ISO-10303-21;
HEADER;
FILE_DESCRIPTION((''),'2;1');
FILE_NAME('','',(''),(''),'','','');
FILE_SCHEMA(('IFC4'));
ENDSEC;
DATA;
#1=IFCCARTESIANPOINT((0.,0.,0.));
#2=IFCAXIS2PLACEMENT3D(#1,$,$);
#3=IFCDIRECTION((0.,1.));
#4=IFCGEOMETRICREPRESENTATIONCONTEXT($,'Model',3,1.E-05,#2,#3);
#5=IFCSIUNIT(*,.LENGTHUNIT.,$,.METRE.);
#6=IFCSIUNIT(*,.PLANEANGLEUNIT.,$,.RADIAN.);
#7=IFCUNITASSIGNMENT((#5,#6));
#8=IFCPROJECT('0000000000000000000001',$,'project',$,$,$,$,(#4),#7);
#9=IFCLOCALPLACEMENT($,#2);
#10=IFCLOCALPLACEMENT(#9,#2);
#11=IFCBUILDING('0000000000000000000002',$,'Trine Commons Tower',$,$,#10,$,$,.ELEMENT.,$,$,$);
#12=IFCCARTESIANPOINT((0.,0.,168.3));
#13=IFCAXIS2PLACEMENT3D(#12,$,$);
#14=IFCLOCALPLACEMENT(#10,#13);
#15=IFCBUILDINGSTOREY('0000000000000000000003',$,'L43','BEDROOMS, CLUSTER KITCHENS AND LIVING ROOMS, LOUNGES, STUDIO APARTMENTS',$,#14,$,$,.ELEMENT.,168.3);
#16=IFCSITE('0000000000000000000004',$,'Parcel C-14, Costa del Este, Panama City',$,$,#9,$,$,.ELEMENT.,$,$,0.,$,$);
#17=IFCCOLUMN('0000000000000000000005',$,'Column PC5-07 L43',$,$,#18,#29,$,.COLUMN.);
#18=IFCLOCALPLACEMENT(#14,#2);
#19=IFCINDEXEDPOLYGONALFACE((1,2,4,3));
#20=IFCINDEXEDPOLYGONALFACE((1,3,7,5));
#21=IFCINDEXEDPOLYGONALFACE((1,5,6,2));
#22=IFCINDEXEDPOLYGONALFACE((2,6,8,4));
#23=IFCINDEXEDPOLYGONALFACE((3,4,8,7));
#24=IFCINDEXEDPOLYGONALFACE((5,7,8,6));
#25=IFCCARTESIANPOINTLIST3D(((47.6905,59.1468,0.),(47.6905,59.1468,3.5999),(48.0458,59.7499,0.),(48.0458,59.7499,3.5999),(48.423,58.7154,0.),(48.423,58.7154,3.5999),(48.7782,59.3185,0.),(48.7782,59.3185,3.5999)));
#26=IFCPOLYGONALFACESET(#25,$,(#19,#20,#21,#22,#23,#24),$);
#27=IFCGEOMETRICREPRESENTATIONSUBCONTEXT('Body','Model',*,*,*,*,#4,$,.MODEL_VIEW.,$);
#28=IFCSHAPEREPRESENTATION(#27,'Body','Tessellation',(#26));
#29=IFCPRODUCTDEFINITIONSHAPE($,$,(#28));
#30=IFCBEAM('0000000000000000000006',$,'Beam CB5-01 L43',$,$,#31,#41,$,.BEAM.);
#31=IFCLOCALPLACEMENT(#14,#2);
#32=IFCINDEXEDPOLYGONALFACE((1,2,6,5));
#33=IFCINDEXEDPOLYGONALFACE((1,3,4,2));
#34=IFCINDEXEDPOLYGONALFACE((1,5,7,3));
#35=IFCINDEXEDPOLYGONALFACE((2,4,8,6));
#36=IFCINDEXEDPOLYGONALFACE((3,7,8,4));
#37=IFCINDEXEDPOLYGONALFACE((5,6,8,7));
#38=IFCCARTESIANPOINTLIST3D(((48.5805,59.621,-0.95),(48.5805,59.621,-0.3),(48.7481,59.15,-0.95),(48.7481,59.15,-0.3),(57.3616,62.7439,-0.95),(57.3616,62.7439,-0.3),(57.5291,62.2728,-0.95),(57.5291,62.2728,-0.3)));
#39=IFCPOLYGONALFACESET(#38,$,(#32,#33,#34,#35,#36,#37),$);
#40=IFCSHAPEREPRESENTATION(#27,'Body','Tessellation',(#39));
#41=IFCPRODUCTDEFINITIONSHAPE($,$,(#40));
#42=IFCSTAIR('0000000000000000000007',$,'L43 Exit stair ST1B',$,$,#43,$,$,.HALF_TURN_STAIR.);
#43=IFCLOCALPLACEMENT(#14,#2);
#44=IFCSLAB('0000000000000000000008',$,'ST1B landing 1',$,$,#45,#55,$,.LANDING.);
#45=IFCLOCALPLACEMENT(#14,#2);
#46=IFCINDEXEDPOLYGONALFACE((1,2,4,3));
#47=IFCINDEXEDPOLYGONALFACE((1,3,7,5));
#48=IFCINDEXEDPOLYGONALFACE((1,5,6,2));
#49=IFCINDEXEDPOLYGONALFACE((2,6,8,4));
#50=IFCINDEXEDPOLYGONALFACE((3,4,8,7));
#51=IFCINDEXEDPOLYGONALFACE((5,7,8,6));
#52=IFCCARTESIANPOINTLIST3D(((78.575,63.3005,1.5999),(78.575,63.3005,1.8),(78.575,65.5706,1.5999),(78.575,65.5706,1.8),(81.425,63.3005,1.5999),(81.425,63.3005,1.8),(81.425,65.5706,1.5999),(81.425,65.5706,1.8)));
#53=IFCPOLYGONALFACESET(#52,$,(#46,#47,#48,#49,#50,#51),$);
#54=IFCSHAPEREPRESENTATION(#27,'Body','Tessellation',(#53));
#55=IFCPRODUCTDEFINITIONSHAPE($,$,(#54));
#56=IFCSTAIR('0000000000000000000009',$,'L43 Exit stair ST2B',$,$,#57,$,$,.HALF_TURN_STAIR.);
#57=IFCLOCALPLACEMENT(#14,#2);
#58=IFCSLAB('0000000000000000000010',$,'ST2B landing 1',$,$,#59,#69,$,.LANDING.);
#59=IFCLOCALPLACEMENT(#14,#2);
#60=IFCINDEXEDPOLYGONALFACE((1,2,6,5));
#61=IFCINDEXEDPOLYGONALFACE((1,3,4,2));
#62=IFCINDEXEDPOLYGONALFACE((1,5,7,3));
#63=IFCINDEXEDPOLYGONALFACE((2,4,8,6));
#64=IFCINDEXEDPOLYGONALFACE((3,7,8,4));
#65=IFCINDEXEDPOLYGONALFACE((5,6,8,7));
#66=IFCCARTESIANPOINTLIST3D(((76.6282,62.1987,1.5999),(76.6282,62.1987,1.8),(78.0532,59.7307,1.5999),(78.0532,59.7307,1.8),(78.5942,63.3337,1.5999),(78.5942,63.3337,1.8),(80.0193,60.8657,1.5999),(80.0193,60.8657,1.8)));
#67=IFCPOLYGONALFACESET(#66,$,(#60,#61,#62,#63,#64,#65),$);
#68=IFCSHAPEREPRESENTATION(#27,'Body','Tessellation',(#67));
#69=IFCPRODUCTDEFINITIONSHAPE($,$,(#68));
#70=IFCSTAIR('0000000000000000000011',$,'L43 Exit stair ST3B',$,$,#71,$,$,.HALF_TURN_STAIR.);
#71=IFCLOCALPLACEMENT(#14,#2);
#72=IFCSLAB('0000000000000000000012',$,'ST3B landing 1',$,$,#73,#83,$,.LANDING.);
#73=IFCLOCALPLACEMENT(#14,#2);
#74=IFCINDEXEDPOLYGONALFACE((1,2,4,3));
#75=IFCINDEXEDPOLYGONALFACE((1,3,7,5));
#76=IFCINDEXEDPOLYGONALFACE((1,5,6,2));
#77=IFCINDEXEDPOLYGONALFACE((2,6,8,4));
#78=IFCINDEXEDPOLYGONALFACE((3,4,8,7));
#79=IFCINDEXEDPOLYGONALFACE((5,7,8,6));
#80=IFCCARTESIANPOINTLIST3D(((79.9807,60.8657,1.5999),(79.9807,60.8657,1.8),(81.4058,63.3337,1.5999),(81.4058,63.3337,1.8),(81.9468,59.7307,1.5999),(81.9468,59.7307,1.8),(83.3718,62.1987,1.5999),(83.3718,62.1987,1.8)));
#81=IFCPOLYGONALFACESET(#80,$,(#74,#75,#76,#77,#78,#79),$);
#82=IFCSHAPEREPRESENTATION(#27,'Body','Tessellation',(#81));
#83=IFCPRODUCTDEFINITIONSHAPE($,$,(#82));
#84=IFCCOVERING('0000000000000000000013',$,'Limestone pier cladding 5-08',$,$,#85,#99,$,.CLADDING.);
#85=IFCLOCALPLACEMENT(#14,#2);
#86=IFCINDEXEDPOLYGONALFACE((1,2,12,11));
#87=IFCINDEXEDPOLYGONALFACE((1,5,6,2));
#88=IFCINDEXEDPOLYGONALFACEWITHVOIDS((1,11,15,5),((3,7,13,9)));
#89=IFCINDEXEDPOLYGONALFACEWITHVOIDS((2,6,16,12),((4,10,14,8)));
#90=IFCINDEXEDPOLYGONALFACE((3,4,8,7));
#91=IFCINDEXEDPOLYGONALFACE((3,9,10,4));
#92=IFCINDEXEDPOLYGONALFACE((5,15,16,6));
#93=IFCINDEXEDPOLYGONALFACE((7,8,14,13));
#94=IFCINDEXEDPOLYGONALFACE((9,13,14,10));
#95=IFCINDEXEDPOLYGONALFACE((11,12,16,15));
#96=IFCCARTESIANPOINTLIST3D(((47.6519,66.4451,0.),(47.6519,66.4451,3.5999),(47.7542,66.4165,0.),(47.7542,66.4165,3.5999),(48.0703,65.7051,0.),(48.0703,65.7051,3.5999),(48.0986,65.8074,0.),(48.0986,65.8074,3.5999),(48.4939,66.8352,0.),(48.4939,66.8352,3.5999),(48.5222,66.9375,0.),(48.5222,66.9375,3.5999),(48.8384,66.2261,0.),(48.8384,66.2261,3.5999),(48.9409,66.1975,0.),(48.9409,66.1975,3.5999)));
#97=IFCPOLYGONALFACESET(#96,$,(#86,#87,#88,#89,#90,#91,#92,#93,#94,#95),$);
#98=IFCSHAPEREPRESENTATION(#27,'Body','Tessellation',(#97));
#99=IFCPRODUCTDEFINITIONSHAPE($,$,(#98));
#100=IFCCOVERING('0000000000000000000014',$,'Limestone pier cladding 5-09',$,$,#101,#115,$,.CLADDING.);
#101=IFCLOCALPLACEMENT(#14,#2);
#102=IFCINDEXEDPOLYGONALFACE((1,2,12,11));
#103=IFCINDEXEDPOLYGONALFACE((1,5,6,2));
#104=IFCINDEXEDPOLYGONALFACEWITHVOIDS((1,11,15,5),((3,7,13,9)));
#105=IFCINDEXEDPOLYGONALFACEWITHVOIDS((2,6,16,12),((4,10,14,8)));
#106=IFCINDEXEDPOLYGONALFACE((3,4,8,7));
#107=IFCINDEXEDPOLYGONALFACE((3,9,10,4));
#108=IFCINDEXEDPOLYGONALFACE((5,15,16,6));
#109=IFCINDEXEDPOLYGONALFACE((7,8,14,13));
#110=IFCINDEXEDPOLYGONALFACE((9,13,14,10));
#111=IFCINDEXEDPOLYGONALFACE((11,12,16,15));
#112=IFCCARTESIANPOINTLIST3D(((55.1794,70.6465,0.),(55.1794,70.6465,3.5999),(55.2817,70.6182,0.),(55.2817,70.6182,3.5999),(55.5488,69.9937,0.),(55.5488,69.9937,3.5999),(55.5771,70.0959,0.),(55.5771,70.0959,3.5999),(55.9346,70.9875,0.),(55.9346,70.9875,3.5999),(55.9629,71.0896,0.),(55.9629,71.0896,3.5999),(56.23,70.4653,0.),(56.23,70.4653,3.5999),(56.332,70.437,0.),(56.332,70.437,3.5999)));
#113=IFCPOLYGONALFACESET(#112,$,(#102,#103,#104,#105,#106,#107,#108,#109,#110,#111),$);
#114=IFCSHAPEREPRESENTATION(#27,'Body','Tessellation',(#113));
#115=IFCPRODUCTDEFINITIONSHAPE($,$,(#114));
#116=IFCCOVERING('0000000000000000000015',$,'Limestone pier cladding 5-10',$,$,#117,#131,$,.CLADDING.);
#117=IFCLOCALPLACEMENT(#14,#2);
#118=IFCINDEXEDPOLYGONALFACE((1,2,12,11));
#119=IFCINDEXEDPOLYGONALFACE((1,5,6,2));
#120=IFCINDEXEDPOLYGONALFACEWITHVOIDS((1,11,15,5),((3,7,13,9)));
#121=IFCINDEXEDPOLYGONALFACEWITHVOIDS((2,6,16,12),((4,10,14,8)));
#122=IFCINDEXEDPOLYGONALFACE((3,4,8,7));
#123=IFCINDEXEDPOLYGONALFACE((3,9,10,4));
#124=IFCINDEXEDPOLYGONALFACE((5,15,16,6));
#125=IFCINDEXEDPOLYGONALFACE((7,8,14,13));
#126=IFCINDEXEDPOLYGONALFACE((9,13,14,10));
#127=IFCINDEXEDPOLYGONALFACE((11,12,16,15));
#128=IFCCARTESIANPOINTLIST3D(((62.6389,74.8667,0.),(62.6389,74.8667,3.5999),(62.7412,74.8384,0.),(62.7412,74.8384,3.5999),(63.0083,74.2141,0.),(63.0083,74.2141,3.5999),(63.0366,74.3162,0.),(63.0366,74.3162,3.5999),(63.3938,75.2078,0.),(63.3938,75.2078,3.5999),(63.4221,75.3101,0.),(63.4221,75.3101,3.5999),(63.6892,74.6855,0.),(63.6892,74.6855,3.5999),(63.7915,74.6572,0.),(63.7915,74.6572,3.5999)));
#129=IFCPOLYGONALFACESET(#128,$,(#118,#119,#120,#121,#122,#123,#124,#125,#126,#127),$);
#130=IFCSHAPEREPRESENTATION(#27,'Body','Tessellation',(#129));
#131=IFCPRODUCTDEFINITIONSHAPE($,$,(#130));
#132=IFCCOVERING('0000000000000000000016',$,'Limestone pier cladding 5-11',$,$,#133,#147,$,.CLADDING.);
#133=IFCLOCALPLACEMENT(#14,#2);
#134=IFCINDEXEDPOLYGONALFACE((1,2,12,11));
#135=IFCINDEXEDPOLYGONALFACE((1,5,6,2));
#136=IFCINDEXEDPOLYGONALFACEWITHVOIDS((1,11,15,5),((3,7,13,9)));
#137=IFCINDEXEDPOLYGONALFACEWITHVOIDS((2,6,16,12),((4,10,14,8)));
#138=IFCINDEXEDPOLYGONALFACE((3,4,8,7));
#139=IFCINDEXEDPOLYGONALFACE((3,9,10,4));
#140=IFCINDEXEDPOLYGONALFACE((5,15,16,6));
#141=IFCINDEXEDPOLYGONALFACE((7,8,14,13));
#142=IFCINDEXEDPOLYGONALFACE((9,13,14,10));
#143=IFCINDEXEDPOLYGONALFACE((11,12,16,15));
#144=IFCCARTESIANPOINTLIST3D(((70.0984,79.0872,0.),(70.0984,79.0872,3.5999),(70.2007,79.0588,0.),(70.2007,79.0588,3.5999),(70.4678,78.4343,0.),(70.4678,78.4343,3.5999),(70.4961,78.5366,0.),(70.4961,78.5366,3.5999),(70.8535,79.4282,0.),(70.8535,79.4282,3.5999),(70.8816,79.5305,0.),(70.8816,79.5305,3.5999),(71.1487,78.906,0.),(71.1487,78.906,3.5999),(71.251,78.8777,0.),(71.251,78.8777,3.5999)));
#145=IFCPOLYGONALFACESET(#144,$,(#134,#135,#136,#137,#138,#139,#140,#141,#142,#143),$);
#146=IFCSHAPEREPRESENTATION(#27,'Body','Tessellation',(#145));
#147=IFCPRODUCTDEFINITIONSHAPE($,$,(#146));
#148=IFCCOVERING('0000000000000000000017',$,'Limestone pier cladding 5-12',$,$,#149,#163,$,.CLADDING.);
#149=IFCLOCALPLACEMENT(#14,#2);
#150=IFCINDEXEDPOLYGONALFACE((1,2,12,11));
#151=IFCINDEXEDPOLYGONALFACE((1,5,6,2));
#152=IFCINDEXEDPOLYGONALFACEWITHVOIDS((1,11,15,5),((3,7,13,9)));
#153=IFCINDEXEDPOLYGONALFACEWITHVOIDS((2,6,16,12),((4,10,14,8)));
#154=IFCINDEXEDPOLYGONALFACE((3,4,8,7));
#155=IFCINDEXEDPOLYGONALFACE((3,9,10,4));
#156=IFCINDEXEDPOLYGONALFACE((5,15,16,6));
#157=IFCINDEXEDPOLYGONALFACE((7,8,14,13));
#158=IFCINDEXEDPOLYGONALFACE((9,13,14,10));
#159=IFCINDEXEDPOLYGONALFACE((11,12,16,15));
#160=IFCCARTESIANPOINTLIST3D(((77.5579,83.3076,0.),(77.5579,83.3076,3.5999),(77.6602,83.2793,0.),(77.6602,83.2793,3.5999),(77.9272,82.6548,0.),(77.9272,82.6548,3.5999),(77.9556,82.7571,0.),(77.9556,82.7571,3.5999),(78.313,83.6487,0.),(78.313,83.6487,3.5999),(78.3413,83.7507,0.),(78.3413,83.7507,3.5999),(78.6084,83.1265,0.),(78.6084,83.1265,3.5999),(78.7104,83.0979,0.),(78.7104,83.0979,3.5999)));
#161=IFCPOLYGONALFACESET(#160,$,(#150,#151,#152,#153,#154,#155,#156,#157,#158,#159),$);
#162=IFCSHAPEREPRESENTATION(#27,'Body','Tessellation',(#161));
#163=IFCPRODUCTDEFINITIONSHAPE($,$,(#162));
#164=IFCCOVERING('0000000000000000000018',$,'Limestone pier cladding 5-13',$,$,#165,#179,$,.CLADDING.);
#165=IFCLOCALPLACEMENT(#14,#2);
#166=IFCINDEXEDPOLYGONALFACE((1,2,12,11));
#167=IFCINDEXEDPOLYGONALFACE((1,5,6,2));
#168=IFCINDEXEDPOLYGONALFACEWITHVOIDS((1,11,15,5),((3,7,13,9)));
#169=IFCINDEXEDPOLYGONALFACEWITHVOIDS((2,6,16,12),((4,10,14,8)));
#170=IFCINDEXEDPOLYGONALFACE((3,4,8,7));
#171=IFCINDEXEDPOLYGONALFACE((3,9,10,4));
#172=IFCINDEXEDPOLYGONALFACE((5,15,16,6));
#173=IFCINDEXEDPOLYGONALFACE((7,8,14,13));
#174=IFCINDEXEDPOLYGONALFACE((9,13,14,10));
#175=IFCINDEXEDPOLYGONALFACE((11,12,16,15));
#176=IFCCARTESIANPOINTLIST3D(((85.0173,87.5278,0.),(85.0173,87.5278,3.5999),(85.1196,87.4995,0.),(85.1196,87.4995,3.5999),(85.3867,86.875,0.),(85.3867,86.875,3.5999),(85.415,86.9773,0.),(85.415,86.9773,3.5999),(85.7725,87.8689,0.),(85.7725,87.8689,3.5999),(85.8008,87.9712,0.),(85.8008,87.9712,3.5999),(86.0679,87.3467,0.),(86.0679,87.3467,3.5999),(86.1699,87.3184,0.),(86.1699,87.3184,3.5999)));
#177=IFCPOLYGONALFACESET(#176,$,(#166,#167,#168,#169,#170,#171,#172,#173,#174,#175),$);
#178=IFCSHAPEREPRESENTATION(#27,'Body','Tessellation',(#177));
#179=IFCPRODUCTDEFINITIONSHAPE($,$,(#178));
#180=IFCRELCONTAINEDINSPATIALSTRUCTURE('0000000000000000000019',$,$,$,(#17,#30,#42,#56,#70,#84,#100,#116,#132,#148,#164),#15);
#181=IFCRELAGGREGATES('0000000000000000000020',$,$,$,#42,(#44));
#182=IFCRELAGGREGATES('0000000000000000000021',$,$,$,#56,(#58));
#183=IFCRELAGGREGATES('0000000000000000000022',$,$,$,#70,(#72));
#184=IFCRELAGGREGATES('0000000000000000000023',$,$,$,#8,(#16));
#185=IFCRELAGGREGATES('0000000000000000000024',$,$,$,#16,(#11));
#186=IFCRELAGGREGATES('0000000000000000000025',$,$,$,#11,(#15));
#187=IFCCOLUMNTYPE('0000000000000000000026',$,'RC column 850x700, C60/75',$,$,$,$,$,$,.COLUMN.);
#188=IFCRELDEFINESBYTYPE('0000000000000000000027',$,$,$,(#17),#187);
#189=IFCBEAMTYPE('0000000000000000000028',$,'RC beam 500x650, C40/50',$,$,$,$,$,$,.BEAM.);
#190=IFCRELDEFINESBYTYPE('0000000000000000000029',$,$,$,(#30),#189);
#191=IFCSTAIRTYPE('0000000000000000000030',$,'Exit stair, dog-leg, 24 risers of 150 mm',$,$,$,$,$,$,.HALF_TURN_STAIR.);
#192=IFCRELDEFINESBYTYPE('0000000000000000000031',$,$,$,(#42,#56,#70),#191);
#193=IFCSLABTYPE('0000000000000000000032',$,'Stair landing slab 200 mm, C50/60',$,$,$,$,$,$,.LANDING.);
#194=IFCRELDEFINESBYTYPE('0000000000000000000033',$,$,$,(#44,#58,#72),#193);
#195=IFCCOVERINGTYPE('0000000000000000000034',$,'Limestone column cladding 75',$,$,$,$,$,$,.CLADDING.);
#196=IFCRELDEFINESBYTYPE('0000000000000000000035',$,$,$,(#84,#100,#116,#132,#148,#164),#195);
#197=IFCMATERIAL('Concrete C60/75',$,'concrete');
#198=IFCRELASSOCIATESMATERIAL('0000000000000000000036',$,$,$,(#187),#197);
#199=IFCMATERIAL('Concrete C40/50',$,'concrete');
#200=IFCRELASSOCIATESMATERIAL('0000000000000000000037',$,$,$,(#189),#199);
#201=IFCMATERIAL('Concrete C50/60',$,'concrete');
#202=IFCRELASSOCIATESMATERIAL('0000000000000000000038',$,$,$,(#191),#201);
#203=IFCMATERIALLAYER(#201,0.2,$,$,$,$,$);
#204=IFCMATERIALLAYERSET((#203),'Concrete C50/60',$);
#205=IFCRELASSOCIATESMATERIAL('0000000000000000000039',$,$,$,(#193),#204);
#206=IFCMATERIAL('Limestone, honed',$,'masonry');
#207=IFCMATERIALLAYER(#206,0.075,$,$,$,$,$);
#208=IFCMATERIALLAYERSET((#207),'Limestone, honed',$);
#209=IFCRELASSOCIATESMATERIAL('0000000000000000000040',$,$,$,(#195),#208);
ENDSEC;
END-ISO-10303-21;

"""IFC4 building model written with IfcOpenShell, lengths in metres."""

from ifc_helpers import new_model, si_unit, direction, frame, origin, origin_2d, place, context, subcontext, project, spatial, polyline, rectangle, outline, extrude, material, layer, layer_set, material_profile, profile_set, type_object, element, aggregate, save


model = new_model("IFC4")

# Units and contexts
model_context = context("Model", 3, precision=1e-05, world=origin(), true_north=direction((0.0, 1.0)))
body_context = subcontext(model_context, "Body", "Model", "MODEL_VIEW")
ifc_project = project(units=[si_unit("LENGTHUNIT", "METRE"), si_unit("PLANEANGLEUNIT", "RADIAN")], contexts=[model_context])

# Site, building, storey
site_placement = place(None, origin())
site = spatial("IfcSite", under=ifc_project, at=site_placement, Name="Parcel C-14, Costa del Este, Panama City", CompositionType="ELEMENT", RefElevation=0.0)
building_placement = place(site_placement, origin())
building = spatial("IfcBuilding", under=site, at=building_placement, Name="Trine Commons Tower", CompositionType="ELEMENT")
storey_placement = place(building_placement, frame((0.0, 0.0, 168.3)))
storey = spatial("IfcBuildingStorey", under=building, at=storey_placement, Name="L43", Description="BEDROOMS, CLUSTER KITCHENS AND LIVING ROOMS, LOUNGES, STUDIO APARTMENTS", CompositionType="ELEMENT", Elevation=168.3)

# Column
ifc_material_1 = material(Name="Concrete C60/75", Category="concrete")
ifc_material_profile_1 = material_profile(ifc_material_1, rectangle(XDim=0.8501, YDim=0.7, at=origin_2d()), Name="RC 850x700")
ifc_profile_set_1 = profile_set([ifc_material_profile_1], Name="Concrete C60/75")
column_type = type_object("IfcColumnType", Name="RC column 850x700, C60/75", PredefinedType="COLUMN", material=ifc_profile_set_1)
column_placement = place(storey_placement, frame((48.2344, 59.2327, 0.0), z_axis=(0.0, 0.0, 1.0), x_axis=(-0.861629, 0.507538, 0.0)))
element("IfcColumn", 1, at=column_placement, inside=storey, type_object=column_type, Name="Column PC5-07 L43", PredefinedType="COLUMN", context=body_context, shape_type="SweptSolid", body=[
    extrude(rectangle(XDim=0.8501, YDim=0.7, at=origin_2d()), origin(), (0.0, 0.0, 1.0), 3.5999),
])

# Beam
ifc_material_2 = material(Name="Concrete C40/50", Category="concrete")
ifc_material_profile_2 = material_profile(ifc_material_2, rectangle(XDim=0.5, YDim=0.6499, at=origin_2d()), Name="RC 500x650")
ifc_profile_set_2 = profile_set([ifc_material_profile_2], Name="Concrete C40/50")
beam_type = type_object("IfcBeamType", Name="RC beam 500x650, C40/50", PredefinedType="BEAM", material=ifc_profile_set_2)
beam_placement = place(storey_placement, frame((48.6643, 59.3855, -0.625), z_axis=(0.942192, 0.335073, 0.0), x_axis=(-0.335073, 0.942192, 0.0)))
element("IfcBeam", 2, at=beam_placement, inside=storey, type_object=beam_type, Name="Beam CB5-01 L43", PredefinedType="BEAM", context=body_context, shape_type="SweptSolid", body=[
    extrude(rectangle(XDim=0.5, YDim=0.6499, at=origin_2d()), origin(), (0.0, 0.0, 1.0), 9.3198),
])

# Stairs, slabs
ifc_material_3 = material(Name="Concrete C50/60", Category="concrete")
stair_type = type_object("IfcStairType", Name="Exit stair, dog-leg, 24 risers of 150 mm", PredefinedType="HALF_TURN_STAIR", material=ifc_material_3)
stair_1_placement = place(storey_placement, origin())
stair_1 = element("IfcStair", 3, at=stair_1_placement, inside=storey, type_object=stair_type, Name="L43 Exit stair ST1B", PredefinedType="HALF_TURN_STAIR")
ifc_layer_1 = layer(ifc_material_3, 0.2)
ifc_layer_set_1 = layer_set([ifc_layer_1], Name="Concrete C50/60")
slab_type = type_object("IfcSlabType", Name="Stair landing slab 200 mm, C50/60", PredefinedType="LANDING", material=ifc_layer_set_1)
slab_1_placement = place(storey_placement, frame((0.0, 0.0, 1.5999)))
slab_1 = element("IfcSlab", 4, at=slab_1_placement, type_object=slab_type, Name="ST1B landing 1", PredefinedType="LANDING", context=body_context, shape_type="SweptSolid", body=[
    extrude(outline(polyline([(78.575, 65.5706), (78.575, 63.3005), (81.425, 63.3005), (81.425, 65.5706), (78.575, 65.5706)])), origin(), (0.0, 0.0, 1.0), 0.2002),
])
aggregate(stair_1, [slab_1])
stair_2_placement = place(storey_placement, origin())
stair_2 = element("IfcStair", 5, at=stair_2_placement, inside=storey, type_object=stair_type, Name="L43 Exit stair ST2B", PredefinedType="HALF_TURN_STAIR")
slab_2_placement = place(storey_placement, frame((0.0, 0.0, 1.5999)))
slab_2 = element("IfcSlab", 6, at=slab_2_placement, type_object=slab_type, Name="ST2B landing 1", PredefinedType="LANDING", context=body_context, shape_type="SweptSolid", body=[
    extrude(outline(polyline([(78.0532, 59.7307), (80.0193, 60.8657), (78.5942, 63.3337), (76.6282, 62.1987), (78.0532, 59.7307)])), origin(), (0.0, 0.0, 1.0), 0.2002),
])
aggregate(stair_2, [slab_2])
stair_3_placement = place(storey_placement, origin())
stair_3 = element("IfcStair", 7, at=stair_3_placement, inside=storey, type_object=stair_type, Name="L43 Exit stair ST3B", PredefinedType="HALF_TURN_STAIR")
slab_3_placement = place(storey_placement, frame((0.0, 0.0, 1.5999)))
slab_3 = element("IfcSlab", 8, at=slab_3_placement, type_object=slab_type, Name="ST3B landing 1", PredefinedType="LANDING", context=body_context, shape_type="SweptSolid", body=[
    extrude(outline(polyline([(83.3718, 62.1987), (81.4058, 63.3337), (79.9807, 60.8657), (81.9468, 59.7307), (83.3718, 62.1987)])), origin(), (0.0, 0.0, 1.0), 0.2002),
])
aggregate(stair_3, [slab_3])

# Coverings
ifc_material_4 = material(Name="Limestone, honed", Category="masonry")
ifc_layer_2 = layer(ifc_material_4, 0.075)
ifc_layer_set_2 = layer_set([ifc_layer_2], Name="Limestone, honed")
covering_type_1 = type_object("IfcCoveringType", Name="Limestone column cladding 75", PredefinedType="CLADDING", material=ifc_layer_set_2)
covering_1_placement = place(storey_placement, origin())
element("IfcCovering", 9, at=covering_1_placement, inside=storey, type_object=covering_type_1, Name="Limestone pier cladding 5-08", PredefinedType="CLADDING", context=body_context, shape_type="SweptSolid", body=[
    extrude(outline(polyline([(48.9409, 66.1975), (48.5222, 66.9375), (47.6519, 66.4451), (48.0703, 65.7051), (48.9409, 66.1975)]), holes=[polyline([(48.8384, 66.2261), (48.4939, 66.8352), (47.7542, 66.4165), (48.0986, 65.8074), (48.8384, 66.2261)])]), origin(), (0.0, 0.0, 1.0), 3.5999),
])
covering_2_placement = place(storey_placement, origin())
element("IfcCovering", 10, at=covering_2_placement, inside=storey, type_object=covering_type_1, Name="Limestone pier cladding 5-09", PredefinedType="CLADDING", context=body_context, shape_type="SweptSolid", body=[
    extrude(outline(polyline([(56.332, 70.437), (55.9629, 71.0896), (55.1794, 70.6465), (55.5488, 69.9937), (56.332, 70.437)]), holes=[polyline([(56.23, 70.4653), (55.9346, 70.9875), (55.2817, 70.6182), (55.5771, 70.0959), (56.23, 70.4653)])]), origin(), (0.0, 0.0, 1.0), 3.5999),
])
covering_3_placement = place(storey_placement, origin())
element("IfcCovering", 11, at=covering_3_placement, inside=storey, type_object=covering_type_1, Name="Limestone pier cladding 5-10", PredefinedType="CLADDING", context=body_context, shape_type="SweptSolid", body=[
    extrude(outline(polyline([(63.7915, 74.6572), (63.4221, 75.3101), (62.6389, 74.8667), (63.0083, 74.2141), (63.7915, 74.6572)]), holes=[polyline([(63.6892, 74.6855), (63.3938, 75.2078), (62.7412, 74.8384), (63.0366, 74.3162), (63.6892, 74.6855)])]), origin(), (0.0, 0.0, 1.0), 3.5999),
])
covering_4_placement = place(storey_placement, origin())
element("IfcCovering", 12, at=covering_4_placement, inside=storey, type_object=covering_type_1, Name="Limestone pier cladding 5-11", PredefinedType="CLADDING", context=body_context, shape_type="SweptSolid", body=[
    extrude(outline(polyline([(71.251, 78.8777), (70.8816, 79.5305), (70.0984, 79.0872), (70.4678, 78.4343), (71.251, 78.8777)]), holes=[polyline([(71.1487, 78.906), (70.8535, 79.4282), (70.2007, 79.0588), (70.4961, 78.5366), (71.1487, 78.906)])]), origin(), (0.0, 0.0, 1.0), 3.5999),
])
covering_5_placement = place(storey_placement, origin())
element("IfcCovering", 13, at=covering_5_placement, inside=storey, type_object=covering_type_1, Name="Limestone pier cladding 5-12", PredefinedType="CLADDING", context=body_context, shape_type="SweptSolid", body=[
    extrude(outline(polyline([(78.7104, 83.0979), (78.3413, 83.7507), (77.5579, 83.3076), (77.9272, 82.6548), (78.7104, 83.0979)]), holes=[polyline([(78.6084, 83.1265), (78.313, 83.6487), (77.6602, 83.2793), (77.9556, 82.7571), (78.6084, 83.1265)])]), origin(), (0.0, 0.0, 1.0), 3.5999),
])
covering_6_placement = place(storey_placement, origin())
element("IfcCovering", 14, at=covering_6_placement, inside=storey, type_object=covering_type_1, Name="Limestone pier cladding 5-13", PredefinedType="CLADDING", context=body_context, shape_type="SweptSolid", body=[
    extrude(outline(polyline([(86.1699, 87.3184), (85.8008, 87.9712), (85.0173, 87.5278), (85.3867, 86.875), (86.1699, 87.3184)]), holes=[polyline([(86.0679, 87.3467), (85.7725, 87.8689), (85.1196, 87.4995), (85.415, 86.9773), (86.0679, 87.3467)])]), origin(), (0.0, 0.0, 1.0), 3.5999),
])

save(model, "model.ifc")
